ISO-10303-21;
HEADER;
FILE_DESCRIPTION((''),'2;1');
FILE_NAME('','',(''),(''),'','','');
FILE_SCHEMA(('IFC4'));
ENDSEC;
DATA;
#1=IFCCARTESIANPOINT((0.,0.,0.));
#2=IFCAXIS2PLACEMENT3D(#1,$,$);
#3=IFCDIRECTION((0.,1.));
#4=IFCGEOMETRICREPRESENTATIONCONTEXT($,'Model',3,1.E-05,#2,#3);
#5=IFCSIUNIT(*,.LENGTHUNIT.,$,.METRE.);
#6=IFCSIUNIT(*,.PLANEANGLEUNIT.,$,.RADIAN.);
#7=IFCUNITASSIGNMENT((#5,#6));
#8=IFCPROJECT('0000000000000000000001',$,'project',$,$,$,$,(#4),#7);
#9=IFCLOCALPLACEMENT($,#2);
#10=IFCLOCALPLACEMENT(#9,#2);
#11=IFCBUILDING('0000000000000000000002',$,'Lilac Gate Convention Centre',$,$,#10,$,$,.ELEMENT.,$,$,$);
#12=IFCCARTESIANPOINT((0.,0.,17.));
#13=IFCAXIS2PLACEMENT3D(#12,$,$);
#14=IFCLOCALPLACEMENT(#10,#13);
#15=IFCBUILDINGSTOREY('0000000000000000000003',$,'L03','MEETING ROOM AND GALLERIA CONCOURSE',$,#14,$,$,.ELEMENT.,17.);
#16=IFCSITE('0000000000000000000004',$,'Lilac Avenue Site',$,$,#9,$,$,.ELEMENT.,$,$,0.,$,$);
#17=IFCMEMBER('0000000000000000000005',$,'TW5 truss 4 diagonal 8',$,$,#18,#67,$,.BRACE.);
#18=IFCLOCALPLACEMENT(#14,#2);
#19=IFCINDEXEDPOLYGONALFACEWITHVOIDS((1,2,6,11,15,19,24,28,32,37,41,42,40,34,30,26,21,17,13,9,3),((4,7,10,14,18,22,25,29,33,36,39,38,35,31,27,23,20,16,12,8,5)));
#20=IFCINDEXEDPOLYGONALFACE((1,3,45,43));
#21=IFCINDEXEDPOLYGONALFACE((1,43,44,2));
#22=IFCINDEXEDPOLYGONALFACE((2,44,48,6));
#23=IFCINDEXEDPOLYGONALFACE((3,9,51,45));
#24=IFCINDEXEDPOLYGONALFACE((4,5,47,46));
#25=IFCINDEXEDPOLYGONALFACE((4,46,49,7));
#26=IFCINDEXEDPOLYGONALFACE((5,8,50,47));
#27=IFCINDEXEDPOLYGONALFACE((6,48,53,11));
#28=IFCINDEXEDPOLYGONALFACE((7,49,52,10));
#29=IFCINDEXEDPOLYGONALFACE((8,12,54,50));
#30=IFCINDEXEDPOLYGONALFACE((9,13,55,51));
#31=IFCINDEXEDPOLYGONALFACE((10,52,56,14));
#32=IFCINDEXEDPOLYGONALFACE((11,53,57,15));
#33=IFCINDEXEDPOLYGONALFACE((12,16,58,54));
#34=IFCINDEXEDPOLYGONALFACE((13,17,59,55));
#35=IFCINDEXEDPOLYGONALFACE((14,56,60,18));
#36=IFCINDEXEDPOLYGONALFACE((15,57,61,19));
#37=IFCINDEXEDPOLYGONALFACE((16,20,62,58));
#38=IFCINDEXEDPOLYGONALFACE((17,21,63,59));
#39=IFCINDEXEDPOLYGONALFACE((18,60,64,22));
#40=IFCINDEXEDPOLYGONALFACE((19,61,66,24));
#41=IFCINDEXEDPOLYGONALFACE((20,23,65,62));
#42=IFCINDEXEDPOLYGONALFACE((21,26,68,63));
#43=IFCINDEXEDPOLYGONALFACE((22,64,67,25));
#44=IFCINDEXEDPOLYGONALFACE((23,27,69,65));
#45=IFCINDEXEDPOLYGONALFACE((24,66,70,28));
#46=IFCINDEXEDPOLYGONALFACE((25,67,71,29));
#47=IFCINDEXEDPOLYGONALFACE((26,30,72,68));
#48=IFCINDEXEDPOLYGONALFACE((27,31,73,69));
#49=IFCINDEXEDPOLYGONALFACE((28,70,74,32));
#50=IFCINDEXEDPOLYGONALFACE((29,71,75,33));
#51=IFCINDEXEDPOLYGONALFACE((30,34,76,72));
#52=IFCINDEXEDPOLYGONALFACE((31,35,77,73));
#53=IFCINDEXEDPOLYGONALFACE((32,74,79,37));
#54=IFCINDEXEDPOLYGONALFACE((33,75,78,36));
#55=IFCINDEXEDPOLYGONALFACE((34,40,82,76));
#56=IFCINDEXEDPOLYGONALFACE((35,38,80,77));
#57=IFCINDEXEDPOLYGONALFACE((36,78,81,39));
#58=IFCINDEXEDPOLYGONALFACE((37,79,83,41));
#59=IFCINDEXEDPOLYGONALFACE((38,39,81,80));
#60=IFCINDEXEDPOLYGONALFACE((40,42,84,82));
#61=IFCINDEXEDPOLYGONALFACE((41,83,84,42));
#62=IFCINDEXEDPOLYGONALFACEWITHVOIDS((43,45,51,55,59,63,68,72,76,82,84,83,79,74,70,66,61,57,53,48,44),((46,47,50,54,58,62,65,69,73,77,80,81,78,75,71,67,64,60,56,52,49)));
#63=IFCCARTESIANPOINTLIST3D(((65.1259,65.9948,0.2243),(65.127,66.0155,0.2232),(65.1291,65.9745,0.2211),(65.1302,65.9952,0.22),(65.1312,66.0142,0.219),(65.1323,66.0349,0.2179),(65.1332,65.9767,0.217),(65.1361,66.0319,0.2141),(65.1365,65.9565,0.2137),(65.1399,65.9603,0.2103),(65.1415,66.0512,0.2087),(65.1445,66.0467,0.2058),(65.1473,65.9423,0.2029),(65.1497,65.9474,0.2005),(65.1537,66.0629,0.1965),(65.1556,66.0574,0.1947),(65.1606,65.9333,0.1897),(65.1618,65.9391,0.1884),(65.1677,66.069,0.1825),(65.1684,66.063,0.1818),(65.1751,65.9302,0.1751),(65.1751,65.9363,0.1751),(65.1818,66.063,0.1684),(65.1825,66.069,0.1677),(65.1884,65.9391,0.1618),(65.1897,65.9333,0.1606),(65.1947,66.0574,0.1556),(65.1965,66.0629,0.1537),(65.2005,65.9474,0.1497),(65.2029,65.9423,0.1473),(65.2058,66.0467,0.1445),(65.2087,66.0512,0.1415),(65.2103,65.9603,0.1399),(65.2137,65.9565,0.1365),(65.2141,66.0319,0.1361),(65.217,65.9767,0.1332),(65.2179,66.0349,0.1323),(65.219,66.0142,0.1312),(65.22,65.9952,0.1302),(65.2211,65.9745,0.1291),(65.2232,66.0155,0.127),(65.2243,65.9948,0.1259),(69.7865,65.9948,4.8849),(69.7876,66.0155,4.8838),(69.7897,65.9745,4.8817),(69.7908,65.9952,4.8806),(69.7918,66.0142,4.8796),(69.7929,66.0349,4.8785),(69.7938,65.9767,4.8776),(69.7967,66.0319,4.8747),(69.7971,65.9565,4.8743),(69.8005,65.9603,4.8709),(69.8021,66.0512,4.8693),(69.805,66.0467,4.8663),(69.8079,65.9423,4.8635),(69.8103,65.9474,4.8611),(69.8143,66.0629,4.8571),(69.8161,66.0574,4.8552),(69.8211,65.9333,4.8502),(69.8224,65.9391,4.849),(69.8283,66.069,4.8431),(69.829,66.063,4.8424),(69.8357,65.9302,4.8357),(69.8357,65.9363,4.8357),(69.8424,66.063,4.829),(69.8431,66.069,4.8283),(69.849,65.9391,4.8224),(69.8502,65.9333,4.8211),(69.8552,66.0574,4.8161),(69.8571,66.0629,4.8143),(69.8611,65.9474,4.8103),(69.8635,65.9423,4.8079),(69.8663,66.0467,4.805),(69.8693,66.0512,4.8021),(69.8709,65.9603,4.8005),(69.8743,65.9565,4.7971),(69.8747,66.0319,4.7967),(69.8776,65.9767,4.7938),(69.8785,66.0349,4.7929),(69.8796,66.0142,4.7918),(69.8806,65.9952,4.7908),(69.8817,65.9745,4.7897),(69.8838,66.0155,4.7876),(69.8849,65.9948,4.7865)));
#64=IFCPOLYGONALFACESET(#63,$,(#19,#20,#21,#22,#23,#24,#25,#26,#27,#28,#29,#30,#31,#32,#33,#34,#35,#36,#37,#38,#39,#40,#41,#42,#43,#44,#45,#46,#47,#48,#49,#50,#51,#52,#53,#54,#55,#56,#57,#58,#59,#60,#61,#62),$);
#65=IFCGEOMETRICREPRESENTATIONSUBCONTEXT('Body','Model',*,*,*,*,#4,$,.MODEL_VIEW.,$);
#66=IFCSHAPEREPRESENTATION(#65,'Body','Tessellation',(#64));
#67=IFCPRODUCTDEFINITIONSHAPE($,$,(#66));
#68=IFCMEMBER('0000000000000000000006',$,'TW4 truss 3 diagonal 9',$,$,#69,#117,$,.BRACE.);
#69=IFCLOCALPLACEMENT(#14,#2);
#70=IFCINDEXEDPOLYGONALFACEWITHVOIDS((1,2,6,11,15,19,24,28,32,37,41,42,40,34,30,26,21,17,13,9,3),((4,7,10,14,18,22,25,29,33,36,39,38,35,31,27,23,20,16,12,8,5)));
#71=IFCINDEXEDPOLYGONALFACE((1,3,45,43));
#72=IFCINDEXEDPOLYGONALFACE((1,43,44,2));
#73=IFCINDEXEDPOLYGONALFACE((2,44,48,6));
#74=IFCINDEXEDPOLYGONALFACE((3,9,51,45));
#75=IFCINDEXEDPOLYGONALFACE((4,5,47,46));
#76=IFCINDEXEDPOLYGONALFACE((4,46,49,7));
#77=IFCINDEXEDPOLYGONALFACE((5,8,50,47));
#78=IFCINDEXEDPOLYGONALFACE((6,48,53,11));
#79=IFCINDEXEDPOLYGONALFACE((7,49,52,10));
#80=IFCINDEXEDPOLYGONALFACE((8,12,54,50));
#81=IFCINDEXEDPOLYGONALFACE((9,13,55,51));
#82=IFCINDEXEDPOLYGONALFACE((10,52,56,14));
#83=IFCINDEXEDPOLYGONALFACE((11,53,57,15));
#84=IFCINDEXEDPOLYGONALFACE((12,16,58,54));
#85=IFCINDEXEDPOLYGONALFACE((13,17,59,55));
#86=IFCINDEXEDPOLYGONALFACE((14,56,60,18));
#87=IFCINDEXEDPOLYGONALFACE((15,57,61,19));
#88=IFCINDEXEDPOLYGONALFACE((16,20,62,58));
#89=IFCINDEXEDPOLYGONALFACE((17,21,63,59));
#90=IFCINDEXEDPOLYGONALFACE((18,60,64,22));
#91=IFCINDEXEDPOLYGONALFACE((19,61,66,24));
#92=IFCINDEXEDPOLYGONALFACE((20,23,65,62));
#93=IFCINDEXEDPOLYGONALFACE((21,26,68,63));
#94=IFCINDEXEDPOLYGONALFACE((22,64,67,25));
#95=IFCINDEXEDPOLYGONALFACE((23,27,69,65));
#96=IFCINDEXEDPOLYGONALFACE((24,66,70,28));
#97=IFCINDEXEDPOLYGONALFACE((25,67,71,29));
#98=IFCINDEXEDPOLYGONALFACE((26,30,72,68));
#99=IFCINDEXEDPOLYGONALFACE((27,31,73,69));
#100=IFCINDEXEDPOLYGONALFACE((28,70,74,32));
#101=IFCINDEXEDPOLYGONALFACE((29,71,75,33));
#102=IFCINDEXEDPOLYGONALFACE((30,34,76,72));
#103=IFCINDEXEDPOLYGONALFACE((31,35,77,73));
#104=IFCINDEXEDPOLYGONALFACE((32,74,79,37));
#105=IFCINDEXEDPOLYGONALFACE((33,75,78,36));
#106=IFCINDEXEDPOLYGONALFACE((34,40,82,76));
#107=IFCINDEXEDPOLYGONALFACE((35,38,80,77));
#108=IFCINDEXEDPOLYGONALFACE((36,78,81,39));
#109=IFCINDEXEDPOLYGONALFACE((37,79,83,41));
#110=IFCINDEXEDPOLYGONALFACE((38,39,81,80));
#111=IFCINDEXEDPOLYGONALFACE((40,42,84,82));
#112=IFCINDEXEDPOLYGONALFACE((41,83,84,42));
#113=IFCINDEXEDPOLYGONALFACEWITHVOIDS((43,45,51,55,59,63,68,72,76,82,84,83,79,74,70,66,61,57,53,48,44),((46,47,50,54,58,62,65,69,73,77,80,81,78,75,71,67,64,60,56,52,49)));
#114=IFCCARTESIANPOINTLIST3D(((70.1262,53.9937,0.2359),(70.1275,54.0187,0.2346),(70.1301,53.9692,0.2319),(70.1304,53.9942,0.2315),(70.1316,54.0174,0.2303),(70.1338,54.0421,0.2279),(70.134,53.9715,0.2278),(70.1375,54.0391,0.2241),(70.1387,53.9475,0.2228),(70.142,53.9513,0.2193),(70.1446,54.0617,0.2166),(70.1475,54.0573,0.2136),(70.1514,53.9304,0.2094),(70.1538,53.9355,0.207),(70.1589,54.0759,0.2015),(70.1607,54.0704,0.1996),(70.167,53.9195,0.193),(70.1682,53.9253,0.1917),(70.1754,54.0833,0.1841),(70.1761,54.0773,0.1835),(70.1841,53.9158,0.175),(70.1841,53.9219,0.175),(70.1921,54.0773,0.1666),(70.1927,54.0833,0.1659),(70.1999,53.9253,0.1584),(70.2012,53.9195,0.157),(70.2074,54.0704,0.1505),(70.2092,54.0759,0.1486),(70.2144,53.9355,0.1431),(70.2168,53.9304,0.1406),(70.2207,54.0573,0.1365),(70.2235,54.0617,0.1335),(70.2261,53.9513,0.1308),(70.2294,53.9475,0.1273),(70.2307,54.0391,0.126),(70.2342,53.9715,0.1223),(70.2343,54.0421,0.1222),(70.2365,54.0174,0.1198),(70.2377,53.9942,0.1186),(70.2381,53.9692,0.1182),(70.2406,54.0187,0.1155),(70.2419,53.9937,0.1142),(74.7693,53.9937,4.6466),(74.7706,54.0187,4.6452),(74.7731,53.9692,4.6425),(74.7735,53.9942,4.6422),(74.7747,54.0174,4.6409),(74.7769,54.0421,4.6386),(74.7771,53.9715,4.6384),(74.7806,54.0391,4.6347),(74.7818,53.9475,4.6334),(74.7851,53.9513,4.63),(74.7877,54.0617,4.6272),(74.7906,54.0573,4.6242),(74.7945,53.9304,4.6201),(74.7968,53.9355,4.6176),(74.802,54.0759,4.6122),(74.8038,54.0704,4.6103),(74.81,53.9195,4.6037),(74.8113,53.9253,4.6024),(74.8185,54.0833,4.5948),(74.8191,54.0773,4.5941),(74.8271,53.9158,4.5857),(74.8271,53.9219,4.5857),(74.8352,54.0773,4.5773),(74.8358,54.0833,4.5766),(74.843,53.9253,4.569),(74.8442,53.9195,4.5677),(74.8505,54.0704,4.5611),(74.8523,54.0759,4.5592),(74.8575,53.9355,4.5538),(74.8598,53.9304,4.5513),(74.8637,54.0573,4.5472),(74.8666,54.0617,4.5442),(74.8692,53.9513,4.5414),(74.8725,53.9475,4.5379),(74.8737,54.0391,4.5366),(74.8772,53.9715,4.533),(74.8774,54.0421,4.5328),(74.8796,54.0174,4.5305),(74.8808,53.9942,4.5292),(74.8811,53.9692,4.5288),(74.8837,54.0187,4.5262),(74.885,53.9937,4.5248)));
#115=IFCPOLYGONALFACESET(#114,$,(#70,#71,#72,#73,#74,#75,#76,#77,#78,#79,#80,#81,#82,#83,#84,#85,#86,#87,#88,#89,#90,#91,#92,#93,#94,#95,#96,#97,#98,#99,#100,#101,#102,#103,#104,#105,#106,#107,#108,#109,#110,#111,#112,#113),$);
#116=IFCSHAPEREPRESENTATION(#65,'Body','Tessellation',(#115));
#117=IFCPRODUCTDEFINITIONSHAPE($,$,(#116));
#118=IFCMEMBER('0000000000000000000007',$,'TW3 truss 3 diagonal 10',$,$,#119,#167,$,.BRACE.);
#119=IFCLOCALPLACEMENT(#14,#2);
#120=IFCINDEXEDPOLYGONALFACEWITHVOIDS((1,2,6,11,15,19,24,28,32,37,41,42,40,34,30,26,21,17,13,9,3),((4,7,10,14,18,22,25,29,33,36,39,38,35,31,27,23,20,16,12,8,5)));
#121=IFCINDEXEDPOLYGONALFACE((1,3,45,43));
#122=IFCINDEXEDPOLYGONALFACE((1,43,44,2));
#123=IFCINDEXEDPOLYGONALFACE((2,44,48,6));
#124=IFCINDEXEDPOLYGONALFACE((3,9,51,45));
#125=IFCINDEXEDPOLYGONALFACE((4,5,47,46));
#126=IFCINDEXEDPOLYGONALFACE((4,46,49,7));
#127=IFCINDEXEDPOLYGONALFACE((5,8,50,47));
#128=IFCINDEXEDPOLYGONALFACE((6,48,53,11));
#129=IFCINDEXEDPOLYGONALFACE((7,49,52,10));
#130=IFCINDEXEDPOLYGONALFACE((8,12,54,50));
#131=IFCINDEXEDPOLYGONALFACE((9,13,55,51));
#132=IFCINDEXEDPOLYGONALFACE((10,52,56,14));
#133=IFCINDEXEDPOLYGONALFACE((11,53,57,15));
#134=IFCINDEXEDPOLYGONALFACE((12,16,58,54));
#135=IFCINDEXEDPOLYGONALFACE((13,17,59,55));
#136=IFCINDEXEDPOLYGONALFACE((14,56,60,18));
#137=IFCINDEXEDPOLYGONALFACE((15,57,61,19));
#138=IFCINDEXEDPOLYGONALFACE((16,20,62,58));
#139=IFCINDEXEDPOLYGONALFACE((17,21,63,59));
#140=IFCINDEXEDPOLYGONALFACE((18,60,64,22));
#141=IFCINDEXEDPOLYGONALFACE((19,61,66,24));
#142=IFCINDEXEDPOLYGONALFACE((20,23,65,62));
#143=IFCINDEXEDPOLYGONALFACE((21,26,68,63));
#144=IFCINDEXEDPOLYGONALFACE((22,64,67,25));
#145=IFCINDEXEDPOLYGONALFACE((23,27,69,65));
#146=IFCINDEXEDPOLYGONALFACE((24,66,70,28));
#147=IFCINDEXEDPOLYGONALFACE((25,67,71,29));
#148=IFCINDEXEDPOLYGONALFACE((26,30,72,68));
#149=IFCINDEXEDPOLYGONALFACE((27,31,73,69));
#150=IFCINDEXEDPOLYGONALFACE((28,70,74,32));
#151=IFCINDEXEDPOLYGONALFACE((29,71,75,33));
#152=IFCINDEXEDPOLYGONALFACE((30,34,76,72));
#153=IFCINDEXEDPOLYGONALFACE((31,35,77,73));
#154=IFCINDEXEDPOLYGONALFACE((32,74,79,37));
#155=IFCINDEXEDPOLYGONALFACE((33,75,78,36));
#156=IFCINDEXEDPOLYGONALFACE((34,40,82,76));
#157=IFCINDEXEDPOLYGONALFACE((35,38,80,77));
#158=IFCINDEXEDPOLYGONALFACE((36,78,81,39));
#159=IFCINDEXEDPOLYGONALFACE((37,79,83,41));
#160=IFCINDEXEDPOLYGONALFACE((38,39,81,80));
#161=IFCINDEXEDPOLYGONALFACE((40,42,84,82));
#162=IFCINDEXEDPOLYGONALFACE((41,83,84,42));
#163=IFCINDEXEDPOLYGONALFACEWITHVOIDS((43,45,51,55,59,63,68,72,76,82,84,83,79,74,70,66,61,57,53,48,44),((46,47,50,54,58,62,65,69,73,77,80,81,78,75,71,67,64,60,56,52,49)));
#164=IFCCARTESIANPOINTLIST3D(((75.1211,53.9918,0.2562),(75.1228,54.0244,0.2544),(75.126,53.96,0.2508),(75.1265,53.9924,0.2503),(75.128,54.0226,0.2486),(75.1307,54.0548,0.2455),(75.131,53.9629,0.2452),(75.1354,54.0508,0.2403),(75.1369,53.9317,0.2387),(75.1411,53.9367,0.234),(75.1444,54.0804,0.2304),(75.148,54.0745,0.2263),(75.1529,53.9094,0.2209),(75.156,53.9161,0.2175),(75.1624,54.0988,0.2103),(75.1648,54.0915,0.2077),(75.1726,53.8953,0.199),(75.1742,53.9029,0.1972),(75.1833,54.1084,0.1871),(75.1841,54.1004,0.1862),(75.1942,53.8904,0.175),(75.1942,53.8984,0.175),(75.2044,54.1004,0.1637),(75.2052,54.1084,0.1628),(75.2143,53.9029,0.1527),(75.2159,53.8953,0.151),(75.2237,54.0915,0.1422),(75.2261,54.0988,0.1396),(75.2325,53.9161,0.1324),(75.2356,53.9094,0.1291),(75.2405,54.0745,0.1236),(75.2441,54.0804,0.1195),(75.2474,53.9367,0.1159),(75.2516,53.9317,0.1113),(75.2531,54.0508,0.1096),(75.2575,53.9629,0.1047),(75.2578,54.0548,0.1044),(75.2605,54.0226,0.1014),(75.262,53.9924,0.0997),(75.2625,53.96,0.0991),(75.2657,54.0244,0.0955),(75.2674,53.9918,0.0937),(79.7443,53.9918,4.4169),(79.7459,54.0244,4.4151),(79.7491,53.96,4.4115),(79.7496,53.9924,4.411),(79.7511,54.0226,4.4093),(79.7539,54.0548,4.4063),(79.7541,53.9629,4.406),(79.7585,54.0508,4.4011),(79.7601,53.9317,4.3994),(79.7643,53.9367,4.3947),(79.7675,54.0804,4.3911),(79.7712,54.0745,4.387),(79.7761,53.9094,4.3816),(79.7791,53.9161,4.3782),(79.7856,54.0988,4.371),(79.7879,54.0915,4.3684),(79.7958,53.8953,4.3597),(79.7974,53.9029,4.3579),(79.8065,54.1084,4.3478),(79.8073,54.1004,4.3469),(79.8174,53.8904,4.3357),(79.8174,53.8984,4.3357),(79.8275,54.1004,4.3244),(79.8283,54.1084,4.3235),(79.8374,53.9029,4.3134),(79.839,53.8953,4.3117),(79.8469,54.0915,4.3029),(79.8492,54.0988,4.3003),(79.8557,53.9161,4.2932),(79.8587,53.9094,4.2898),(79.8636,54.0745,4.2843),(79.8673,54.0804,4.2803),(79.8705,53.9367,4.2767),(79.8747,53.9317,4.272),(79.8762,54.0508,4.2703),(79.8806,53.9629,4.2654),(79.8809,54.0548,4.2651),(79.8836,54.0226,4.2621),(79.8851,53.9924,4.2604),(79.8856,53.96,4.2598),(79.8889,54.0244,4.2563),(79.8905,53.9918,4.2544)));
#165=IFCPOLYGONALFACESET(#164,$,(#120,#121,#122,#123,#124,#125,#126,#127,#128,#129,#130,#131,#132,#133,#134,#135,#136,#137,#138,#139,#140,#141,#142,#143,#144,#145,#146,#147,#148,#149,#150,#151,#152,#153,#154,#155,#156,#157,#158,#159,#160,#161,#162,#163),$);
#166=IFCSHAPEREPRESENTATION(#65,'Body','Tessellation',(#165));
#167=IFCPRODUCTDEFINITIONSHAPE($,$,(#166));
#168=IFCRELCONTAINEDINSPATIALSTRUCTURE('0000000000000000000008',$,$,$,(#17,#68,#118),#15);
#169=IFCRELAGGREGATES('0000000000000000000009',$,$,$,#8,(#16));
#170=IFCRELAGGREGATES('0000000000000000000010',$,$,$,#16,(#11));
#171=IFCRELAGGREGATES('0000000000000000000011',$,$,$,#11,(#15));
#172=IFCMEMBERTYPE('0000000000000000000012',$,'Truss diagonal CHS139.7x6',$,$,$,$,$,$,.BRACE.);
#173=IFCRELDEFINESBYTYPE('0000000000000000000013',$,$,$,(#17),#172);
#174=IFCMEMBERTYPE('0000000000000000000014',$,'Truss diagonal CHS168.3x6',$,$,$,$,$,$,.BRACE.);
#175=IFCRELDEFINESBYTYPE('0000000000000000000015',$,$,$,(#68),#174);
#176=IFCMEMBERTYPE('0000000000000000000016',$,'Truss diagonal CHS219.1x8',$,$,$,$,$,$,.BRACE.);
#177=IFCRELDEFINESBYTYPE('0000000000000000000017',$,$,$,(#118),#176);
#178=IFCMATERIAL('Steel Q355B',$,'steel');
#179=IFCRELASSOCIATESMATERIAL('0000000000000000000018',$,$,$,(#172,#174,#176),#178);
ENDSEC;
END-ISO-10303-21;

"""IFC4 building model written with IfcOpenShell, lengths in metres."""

from ifc_helpers import new_model, si_unit, direction, frame, origin, origin_2d, place, context, subcontext, project, spatial, hollow_circle, extrude, material, material_profile, profile_set, type_object, element, save


model = new_model("IFC4")

# Units and contexts
model_context = context("Model", 3, precision=1e-05, world=origin(), true_north=direction((0.0, 1.0)))
body_context = subcontext(model_context, "Body", "Model", "MODEL_VIEW")
ifc_project = project(units=[si_unit("LENGTHUNIT", "METRE"), si_unit("PLANEANGLEUNIT", "RADIAN")], contexts=[model_context])

# Site, building, storey
site_placement = place(None, origin())
site = spatial("IfcSite", under=ifc_project, at=site_placement, Name="Lilac Avenue Site", CompositionType="ELEMENT", RefElevation=0.0)
building_placement = place(site_placement, origin())
building = spatial("IfcBuilding", under=site, at=building_placement, Name="Lilac Gate Convention Centre", CompositionType="ELEMENT")
storey_placement = place(building_placement, frame((0.0, 0.0, 17.0)))
storey = spatial("IfcBuildingStorey", under=building, at=storey_placement, Name="L03", Description="MEETING ROOM AND GALLERIA CONCOURSE", CompositionType="ELEMENT", Elevation=17.0)

# Members
ifc_material = material(Name="Steel Q355B", Category="steel")
ifc_material_profile_1 = material_profile(ifc_material, hollow_circle(Radius=0.0698, WallThickness=0.0061, at=origin_2d()), Name="CHS139.7x6")
ifc_profile_set_1 = profile_set([ifc_material_profile_1], Name="Steel Q355B")
member_type_1 = type_object("IfcMemberType", Name="Truss diagonal CHS139.7x6", PredefinedType="BRACE", material=ifc_profile_set_1)
member_1_placement = place(storey_placement, frame((69.8357, 66.0, 4.8357), z_axis=(-0.707107, 0.0, -0.707107), x_axis=(0.0, -1.0, 0.0)))
element("IfcMember", 1, at=member_1_placement, inside=storey, type_object=member_type_1, Name="TW5 truss 4 diagonal 8", PredefinedType="BRACE", context=body_context, shape_type="SweptSolid", body=[
    extrude(hollow_circle(Radius=0.0698, WallThickness=0.0061, at=origin_2d()), origin(), (0.0, 0.0, 1.0), 6.5911),
])
ifc_material_profile_2 = material_profile(ifc_material, hollow_circle(Radius=0.0842, WallThickness=0.0061, at=origin_2d()), Name="CHS168.3x6")
ifc_profile_set_2 = profile_set([ifc_material_profile_2], Name="Steel Q355B")
member_type_2 = type_object("IfcMemberType", Name="Truss diagonal CHS168.3x6", PredefinedType="BRACE", material=ifc_profile_set_2)
member_2_placement = place(storey_placement, frame((74.8271, 54.0, 4.5857), z_axis=(-0.72502, 0.0, -0.688727), x_axis=(0.0, -1.0, 0.0)))
element("IfcMember", 2, at=member_2_placement, inside=storey, type_object=member_type_2, Name="TW4 truss 3 diagonal 9", PredefinedType="BRACE", context=body_context, shape_type="SweptSolid", body=[
    extrude(hollow_circle(Radius=0.0842, WallThickness=0.0061, at=origin_2d()), origin(), (0.0, 0.0, 1.0), 6.4041),
])
ifc_material_profile_3 = material_profile(ifc_material, hollow_circle(Radius=0.1096, WallThickness=0.0081, at=origin_2d()), Name="CHS219.1x8")
ifc_profile_set_3 = profile_set([ifc_material_profile_3], Name="Steel Q355B")
member_type_3 = type_object("IfcMemberType", Name="Truss diagonal CHS219.1x8", PredefinedType="BRACE", material=ifc_profile_set_3)
member_3_placement = place(storey_placement, frame((79.8174, 54.0, 4.3357), z_axis=(-0.743302, 0.0, -0.668956), x_axis=(0.0, -1.0, 0.0)))
element("IfcMember", 3, at=member_3_placement, inside=storey, type_object=member_type_3, Name="TW3 truss 3 diagonal 10", PredefinedType="BRACE", context=body_context, shape_type="SweptSolid", body=[
    extrude(hollow_circle(Radius=0.1096, WallThickness=0.0081, at=origin_2d()), origin(), (0.0, 0.0, 1.0), 6.2197),
])

save(model, "model.ifc")
